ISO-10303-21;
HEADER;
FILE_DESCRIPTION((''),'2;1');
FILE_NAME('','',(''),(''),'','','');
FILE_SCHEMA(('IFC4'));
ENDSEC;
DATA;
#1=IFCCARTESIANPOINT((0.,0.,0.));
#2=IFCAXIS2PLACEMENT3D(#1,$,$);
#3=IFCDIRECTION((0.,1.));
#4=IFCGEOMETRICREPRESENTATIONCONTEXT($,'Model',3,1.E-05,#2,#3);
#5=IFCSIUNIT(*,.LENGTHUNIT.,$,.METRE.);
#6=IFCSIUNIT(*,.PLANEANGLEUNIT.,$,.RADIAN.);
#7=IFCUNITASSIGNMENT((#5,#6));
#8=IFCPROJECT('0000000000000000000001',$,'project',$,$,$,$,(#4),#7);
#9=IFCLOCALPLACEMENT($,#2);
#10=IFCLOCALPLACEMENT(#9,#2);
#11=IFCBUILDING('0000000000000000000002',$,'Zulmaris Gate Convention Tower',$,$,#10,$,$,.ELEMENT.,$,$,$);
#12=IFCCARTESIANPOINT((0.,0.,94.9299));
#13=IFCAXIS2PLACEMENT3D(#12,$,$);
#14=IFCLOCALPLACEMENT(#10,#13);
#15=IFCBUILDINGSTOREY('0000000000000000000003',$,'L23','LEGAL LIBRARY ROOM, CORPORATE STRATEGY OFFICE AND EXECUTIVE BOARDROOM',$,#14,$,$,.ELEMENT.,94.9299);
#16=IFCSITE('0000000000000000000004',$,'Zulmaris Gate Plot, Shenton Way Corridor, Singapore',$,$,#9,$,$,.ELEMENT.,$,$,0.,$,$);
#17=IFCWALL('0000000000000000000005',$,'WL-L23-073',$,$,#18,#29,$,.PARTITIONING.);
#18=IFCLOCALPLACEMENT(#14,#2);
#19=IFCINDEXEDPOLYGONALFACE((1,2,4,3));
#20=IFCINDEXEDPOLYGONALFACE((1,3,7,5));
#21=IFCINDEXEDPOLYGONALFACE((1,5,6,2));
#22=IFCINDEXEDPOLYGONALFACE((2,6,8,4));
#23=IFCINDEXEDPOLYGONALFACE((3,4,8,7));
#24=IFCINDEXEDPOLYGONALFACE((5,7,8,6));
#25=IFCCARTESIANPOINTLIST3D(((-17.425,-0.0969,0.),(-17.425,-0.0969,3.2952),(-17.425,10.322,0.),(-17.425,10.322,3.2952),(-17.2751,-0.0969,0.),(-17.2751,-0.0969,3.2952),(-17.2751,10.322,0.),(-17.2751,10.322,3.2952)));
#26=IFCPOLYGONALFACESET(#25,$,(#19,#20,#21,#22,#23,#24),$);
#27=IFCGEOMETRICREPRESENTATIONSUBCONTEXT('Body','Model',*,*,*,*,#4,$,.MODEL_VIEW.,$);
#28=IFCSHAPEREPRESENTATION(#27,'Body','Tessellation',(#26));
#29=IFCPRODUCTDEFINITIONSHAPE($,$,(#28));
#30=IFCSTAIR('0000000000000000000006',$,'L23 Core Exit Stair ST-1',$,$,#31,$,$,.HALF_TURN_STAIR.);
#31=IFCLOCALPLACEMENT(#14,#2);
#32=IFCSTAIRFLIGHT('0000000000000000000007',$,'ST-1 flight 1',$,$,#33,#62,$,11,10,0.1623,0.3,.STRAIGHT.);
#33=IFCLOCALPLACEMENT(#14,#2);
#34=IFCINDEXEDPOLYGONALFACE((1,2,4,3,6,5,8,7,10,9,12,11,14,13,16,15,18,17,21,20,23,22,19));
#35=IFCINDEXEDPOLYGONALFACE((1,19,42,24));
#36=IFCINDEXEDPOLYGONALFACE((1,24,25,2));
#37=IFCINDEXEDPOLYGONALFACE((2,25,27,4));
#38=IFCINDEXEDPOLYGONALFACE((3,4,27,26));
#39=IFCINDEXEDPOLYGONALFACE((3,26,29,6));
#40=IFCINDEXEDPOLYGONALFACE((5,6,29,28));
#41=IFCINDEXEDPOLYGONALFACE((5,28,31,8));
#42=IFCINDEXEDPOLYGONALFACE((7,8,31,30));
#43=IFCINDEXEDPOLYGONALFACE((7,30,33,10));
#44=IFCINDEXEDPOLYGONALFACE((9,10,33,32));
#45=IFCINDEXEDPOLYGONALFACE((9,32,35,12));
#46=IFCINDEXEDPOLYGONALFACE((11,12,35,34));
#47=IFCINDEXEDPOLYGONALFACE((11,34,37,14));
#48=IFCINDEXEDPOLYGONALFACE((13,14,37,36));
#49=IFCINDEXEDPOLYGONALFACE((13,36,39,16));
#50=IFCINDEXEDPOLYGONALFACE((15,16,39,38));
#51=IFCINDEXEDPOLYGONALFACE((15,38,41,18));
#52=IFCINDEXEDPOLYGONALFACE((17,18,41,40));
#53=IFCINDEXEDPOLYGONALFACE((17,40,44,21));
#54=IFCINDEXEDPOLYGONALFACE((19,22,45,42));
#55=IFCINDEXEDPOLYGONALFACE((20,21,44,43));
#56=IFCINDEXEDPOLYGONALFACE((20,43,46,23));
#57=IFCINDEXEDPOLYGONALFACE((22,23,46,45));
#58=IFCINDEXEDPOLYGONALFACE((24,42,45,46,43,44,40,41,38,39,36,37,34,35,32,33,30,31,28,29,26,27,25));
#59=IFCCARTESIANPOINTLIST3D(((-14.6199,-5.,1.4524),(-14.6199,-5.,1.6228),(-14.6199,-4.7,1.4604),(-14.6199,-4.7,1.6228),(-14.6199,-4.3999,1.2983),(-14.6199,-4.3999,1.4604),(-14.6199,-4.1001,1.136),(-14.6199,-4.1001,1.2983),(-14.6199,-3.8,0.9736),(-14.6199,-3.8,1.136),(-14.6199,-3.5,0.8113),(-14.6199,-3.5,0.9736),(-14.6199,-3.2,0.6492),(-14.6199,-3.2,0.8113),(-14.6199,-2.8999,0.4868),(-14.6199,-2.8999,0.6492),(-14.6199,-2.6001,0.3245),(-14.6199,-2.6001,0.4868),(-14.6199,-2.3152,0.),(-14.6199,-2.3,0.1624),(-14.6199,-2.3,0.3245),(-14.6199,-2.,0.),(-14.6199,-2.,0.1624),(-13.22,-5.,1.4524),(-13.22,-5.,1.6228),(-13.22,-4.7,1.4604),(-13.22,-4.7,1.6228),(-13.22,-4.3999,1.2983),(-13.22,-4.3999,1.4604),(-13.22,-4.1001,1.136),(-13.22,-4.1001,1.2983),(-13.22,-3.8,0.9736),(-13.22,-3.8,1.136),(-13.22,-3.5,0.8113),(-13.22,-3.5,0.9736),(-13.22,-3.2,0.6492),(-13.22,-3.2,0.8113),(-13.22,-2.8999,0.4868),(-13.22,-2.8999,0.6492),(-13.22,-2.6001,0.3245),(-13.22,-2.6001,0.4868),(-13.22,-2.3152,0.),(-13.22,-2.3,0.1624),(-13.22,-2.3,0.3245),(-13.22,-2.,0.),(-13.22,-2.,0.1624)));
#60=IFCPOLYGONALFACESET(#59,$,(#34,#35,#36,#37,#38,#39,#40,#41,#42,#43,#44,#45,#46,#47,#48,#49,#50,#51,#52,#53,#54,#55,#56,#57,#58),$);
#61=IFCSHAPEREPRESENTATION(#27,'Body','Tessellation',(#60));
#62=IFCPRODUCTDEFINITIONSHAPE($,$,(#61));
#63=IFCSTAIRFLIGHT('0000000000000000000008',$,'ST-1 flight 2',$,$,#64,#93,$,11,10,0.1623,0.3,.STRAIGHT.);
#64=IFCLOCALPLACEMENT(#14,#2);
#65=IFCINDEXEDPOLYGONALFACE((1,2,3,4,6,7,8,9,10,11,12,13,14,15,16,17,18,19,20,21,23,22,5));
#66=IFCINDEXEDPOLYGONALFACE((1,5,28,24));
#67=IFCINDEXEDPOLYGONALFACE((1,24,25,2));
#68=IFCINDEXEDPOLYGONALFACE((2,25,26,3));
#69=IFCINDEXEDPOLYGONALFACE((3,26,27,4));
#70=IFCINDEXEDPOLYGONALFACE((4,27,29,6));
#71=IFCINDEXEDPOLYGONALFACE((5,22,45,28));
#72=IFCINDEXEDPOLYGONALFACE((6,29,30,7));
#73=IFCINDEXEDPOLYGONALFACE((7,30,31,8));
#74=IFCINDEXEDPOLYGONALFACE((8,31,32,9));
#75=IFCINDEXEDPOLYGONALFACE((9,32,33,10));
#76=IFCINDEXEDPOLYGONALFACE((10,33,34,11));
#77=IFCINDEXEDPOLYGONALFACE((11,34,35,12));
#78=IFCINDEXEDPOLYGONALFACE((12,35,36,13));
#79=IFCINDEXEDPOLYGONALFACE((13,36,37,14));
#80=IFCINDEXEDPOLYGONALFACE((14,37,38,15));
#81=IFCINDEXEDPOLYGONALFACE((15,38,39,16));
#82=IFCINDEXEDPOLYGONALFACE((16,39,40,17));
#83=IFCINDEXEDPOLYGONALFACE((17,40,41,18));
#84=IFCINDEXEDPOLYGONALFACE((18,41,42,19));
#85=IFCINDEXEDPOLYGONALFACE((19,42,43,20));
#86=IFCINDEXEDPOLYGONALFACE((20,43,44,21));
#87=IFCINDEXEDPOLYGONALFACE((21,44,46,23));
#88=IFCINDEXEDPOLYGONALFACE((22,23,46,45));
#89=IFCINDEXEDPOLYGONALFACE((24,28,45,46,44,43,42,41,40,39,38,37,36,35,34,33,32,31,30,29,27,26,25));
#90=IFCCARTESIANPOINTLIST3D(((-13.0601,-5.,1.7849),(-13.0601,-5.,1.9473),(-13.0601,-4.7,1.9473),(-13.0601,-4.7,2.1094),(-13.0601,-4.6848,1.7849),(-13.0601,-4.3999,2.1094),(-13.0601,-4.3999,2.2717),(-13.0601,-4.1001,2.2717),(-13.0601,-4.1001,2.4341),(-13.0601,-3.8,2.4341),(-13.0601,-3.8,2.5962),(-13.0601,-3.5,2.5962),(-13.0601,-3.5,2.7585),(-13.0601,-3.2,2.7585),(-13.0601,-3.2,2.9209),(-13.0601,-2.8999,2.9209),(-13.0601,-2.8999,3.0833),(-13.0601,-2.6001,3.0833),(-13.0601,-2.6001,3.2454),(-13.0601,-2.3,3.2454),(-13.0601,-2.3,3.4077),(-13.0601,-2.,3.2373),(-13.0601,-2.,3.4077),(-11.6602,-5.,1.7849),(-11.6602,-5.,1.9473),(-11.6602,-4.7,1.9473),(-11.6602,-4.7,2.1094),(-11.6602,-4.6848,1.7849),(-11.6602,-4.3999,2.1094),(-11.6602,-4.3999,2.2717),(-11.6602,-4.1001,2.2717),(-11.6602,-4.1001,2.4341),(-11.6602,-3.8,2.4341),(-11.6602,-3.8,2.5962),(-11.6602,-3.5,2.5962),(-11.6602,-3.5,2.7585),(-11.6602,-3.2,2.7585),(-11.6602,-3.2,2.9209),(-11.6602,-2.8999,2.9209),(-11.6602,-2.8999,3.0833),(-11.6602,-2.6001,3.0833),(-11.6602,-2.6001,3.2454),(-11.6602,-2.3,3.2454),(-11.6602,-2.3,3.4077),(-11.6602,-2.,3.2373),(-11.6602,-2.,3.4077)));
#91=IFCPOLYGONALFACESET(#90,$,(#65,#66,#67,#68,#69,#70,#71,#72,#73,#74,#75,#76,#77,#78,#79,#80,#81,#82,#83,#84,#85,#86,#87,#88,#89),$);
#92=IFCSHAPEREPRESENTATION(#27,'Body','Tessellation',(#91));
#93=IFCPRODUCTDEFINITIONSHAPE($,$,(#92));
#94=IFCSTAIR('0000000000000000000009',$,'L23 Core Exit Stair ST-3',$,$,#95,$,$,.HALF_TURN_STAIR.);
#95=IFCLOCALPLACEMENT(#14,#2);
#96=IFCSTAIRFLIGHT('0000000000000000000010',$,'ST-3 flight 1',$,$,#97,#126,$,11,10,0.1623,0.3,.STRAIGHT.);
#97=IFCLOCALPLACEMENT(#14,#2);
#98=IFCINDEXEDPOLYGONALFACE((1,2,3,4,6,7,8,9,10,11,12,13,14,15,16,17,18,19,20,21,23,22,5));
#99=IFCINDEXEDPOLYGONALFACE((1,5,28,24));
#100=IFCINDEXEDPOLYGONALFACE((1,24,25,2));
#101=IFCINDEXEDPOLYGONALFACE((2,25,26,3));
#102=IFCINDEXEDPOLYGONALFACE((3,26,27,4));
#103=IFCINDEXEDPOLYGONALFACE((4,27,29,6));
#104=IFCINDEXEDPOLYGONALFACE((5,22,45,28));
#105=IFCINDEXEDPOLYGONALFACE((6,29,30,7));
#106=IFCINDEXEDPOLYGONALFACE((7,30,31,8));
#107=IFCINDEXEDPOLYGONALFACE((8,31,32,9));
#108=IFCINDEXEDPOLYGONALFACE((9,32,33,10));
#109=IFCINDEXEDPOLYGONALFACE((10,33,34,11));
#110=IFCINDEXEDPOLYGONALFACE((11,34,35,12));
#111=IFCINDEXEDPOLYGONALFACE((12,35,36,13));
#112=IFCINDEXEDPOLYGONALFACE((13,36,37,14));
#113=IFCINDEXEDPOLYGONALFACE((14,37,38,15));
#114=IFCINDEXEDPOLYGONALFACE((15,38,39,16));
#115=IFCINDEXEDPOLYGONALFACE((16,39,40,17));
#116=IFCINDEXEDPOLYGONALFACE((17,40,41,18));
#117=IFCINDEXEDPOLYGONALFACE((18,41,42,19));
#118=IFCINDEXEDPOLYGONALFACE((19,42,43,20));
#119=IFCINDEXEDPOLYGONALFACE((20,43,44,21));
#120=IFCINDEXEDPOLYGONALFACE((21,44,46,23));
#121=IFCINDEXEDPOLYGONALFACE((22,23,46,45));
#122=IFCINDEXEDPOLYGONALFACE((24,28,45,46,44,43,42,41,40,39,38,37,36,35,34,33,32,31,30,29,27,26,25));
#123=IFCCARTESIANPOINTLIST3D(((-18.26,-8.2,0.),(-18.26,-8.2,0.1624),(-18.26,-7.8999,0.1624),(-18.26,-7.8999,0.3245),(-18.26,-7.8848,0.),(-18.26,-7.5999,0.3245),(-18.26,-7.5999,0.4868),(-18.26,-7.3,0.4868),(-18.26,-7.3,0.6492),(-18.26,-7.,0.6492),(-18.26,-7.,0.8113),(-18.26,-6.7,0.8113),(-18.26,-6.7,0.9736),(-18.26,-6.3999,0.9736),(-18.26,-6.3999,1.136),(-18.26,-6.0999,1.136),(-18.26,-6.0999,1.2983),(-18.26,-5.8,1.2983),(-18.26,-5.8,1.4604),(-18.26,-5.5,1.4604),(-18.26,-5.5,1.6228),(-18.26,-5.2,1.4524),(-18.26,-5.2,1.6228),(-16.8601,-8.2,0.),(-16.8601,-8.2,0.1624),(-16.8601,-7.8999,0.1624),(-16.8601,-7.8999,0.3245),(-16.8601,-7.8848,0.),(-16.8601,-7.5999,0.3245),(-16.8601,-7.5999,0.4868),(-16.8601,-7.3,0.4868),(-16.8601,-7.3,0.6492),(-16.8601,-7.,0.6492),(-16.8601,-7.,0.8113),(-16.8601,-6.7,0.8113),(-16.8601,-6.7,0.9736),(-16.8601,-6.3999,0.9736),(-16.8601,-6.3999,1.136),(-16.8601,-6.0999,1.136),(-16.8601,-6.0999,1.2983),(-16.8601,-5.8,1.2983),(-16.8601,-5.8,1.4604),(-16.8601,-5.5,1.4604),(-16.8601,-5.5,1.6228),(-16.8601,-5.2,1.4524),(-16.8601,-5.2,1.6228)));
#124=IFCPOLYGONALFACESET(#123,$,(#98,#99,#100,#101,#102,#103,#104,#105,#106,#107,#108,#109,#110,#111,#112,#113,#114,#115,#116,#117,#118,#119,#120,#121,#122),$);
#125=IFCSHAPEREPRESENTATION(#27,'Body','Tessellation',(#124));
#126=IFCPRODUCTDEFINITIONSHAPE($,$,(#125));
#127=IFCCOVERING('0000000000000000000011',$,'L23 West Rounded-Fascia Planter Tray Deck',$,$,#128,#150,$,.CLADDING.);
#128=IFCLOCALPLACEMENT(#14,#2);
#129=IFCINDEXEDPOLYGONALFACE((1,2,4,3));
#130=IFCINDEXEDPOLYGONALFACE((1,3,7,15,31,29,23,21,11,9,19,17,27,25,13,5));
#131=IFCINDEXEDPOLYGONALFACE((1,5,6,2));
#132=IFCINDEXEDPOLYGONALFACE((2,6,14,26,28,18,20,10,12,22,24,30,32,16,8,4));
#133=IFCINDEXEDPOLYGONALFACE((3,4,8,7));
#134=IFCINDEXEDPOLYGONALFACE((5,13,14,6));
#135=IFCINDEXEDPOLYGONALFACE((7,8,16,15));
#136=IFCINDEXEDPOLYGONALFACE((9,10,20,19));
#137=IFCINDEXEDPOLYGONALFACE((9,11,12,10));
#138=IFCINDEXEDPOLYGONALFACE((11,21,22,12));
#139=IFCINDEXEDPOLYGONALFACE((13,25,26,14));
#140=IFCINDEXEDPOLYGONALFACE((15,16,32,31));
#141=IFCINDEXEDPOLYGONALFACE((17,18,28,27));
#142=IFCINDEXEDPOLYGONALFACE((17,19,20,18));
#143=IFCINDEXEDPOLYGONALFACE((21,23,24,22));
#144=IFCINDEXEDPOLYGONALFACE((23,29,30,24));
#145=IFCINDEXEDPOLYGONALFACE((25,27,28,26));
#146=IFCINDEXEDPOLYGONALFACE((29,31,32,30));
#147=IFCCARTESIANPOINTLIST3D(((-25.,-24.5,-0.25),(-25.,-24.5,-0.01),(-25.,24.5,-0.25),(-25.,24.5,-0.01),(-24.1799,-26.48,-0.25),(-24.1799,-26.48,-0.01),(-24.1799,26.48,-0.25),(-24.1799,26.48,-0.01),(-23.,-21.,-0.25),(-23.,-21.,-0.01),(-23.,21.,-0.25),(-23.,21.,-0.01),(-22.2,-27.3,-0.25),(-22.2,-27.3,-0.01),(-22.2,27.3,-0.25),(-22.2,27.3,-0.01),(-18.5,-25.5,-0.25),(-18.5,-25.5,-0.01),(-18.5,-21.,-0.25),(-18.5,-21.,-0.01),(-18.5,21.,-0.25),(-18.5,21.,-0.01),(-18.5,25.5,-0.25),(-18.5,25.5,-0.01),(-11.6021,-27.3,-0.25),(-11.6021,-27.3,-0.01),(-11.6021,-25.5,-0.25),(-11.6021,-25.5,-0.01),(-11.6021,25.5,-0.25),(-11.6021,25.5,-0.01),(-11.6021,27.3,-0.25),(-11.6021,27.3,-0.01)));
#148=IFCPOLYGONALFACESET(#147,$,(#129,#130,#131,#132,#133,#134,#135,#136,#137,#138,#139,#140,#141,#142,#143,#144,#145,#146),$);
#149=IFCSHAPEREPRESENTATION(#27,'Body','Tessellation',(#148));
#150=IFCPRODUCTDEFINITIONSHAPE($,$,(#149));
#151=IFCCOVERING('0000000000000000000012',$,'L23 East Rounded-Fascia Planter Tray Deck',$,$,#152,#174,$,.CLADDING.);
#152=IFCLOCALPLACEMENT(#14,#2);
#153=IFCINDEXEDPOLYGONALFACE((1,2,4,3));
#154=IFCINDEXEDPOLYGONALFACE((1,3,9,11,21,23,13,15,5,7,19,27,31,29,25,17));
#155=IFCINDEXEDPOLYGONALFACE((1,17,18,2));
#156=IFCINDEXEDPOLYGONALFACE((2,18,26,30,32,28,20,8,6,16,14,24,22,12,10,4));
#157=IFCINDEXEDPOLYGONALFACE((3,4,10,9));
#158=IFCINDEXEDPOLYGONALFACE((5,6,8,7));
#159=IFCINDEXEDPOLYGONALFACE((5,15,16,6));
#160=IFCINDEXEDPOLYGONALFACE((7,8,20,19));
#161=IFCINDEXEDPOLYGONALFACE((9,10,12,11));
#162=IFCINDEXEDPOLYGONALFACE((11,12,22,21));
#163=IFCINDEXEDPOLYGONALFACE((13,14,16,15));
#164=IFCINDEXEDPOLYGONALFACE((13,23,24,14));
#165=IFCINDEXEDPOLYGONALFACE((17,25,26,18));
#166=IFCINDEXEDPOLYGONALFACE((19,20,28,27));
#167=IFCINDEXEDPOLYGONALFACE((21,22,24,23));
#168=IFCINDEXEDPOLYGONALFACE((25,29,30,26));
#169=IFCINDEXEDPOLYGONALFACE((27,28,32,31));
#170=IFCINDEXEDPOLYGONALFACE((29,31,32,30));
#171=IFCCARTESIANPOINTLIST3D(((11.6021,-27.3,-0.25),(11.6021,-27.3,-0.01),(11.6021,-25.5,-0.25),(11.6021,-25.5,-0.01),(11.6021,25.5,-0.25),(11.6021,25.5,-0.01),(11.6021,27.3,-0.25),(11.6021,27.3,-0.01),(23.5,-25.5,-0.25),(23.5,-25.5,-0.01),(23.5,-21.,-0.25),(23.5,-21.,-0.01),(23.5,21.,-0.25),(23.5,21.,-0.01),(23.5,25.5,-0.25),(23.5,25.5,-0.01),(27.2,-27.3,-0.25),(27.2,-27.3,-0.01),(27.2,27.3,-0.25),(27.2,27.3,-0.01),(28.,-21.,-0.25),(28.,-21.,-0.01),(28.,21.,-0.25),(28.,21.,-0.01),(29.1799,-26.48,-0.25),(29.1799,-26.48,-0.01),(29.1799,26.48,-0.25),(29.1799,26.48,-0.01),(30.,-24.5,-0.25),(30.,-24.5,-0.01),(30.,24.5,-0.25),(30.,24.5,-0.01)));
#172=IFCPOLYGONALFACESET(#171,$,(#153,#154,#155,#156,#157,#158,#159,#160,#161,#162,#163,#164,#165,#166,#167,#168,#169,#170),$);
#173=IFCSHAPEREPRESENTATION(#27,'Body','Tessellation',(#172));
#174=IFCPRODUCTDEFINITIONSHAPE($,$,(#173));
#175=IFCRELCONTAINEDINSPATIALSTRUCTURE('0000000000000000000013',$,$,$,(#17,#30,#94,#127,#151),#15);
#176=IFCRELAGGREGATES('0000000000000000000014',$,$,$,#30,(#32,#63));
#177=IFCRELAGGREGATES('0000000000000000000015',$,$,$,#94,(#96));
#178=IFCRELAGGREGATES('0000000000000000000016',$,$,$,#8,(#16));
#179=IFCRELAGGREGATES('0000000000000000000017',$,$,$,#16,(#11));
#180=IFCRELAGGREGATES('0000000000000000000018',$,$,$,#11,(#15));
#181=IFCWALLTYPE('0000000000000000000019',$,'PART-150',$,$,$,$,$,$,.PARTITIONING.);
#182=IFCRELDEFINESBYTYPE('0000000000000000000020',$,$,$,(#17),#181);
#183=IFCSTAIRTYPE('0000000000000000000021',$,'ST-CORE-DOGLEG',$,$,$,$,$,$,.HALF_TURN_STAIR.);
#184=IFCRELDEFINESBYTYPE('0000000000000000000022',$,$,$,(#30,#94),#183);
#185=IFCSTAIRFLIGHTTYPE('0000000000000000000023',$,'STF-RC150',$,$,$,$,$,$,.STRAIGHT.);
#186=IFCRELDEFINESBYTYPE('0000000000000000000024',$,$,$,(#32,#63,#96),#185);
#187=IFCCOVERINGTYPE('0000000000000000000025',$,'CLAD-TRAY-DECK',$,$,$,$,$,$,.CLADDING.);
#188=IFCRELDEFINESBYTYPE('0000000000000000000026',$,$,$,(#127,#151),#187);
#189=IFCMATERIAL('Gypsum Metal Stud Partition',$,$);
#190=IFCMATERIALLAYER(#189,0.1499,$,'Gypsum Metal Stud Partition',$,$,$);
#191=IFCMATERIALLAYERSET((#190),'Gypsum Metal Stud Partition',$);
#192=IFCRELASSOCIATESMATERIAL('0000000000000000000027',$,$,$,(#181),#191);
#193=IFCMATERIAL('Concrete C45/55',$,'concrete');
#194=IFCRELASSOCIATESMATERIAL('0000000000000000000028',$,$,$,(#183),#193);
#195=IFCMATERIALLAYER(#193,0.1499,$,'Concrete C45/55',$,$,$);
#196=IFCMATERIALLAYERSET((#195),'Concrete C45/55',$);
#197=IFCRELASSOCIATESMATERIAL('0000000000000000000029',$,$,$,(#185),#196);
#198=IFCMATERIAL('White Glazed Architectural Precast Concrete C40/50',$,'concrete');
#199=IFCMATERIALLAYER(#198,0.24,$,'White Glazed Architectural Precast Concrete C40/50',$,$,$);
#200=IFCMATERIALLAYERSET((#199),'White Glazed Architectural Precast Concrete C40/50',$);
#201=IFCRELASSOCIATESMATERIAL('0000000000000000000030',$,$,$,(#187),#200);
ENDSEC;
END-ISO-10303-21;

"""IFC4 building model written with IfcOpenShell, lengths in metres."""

from ifc_helpers import new_model, si_unit, direction, frame, frame_2d, origin, place, context, subcontext, project, spatial, polyline, rectangle, outline, extrude, material, layer, layer_set, type_object, element, aggregate, save


model = new_model("IFC4")

# Units and contexts
model_context = context("Model", 3, precision=1e-05, world=origin(), true_north=direction((0.0, 1.0)))
body_context = subcontext(model_context, "Body", "Model", "MODEL_VIEW")
ifc_project = project(units=[si_unit("LENGTHUNIT", "METRE"), si_unit("PLANEANGLEUNIT", "RADIAN")], contexts=[model_context])

# Site, building, storey
site_placement = place(None, origin())
site = spatial("IfcSite", under=ifc_project, at=site_placement, Name="Zulmaris Gate Plot, Shenton Way Corridor, Singapore", CompositionType="ELEMENT", RefElevation=0.0)
building_placement = place(site_placement, origin())
building = spatial("IfcBuilding", under=site, at=building_placement, Name="Zulmaris Gate Convention Tower", CompositionType="ELEMENT")
storey_placement = place(building_placement, frame((0.0, 0.0, 94.9299)))
storey = spatial("IfcBuildingStorey", under=building, at=storey_placement, Name="L23", Description="LEGAL LIBRARY ROOM, CORPORATE STRATEGY OFFICE AND EXECUTIVE BOARDROOM", CompositionType="ELEMENT", Elevation=94.9299)

# Shared definitions
ifc_material_1 = material(Name="Gypsum Metal Stud Partition")
ifc_layer_1 = layer(ifc_material_1, 0.1499, Name="Gypsum Metal Stud Partition")
ifc_layer_set_1 = layer_set([ifc_layer_1], Name="Gypsum Metal Stud Partition")
wall_type_1 = type_object("IfcWallType", Name="PART-150", PredefinedType="PARTITIONING", material=ifc_layer_set_1)

# Wall
wall_1_placement = place(storey_placement, frame((-17.3501, -0.0969, 0.0), z_axis=(0.0, 0.0, 1.0), x_axis=(0.0, 1.0, 0.0)))
element("IfcWall", 1, at=wall_1_placement, inside=storey, type_object=wall_type_1, Name="WL-L23-073", PredefinedType="PARTITIONING", context=body_context, shape_type="SweptSolid", body=[
    extrude(rectangle(XDim=10.4189, YDim=0.1499, at=frame_2d((5.2095, 0.0))), origin(), (0.0, 0.0, 1.0), 3.2952),
])

# Stair, stair flights
ifc_material_2 = material(Name="Concrete C45/55", Category="concrete")
stair_type = type_object("IfcStairType", Name="ST-CORE-DOGLEG", PredefinedType="HALF_TURN_STAIR", material=ifc_material_2)
stair_1_placement = place(storey_placement, origin())
stair_1 = element("IfcStair", 2, at=stair_1_placement, inside=storey, type_object=stair_type, Name="L23 Core Exit Stair ST-1", PredefinedType="HALF_TURN_STAIR")
ifc_layer_2 = layer(ifc_material_2, 0.1499, Name="Concrete C45/55")
ifc_layer_set_2 = layer_set([ifc_layer_2], Name="Concrete C45/55")
stair_flight_type = type_object("IfcStairFlightType", Name="STF-RC150", PredefinedType="STRAIGHT", material=ifc_layer_set_2)
stair_flight_1_placement = place(storey_placement, frame((-13.9199, -2.0, 0.0), z_axis=(0.0, 0.0, 1.0), x_axis=(0.0, -1.0, 0.0)))
stair_flight_1 = element("IfcStairFlight", 3, at=stair_flight_1_placement, type_object=stair_flight_type, Name="ST-1 flight 1", NumberOfRisers=11, NumberOfTreads=10, PredefinedType="STRAIGHT", RiserHeight=0.1623, TreadLength=0.3, context=body_context, shape_type="SweptSolid", body=[
    extrude(outline(polyline([(0.0, 0.0), (0.0, 0.1624), (0.3, 0.1624), (0.3, 0.3245), (0.6001, 0.3245), (0.6001, 0.4868), (0.8999, 0.4868), (0.8999, 0.6492), (1.2, 0.6492), (1.2, 0.8113), (1.5, 0.8113), (1.5, 0.9736), (1.8, 0.9736), (1.8, 1.136), (2.1001, 1.136), (2.1001, 1.2983), (2.3999, 1.2983), (2.3999, 1.4604), (2.7, 1.4604), (2.7, 1.6228), (3.0, 1.6228), (3.0, 1.7852), (3.0, 1.4524), (0.3152, 0.0), (0.0, 0.0)])), frame((0.0, 0.7, 0.0), z_axis=(0.0, -1.0, 0.0), x_axis=(1.0, 0.0, 0.0)), (0.0, 0.0, 1.0), 1.3999),
])
stair_flight_2_placement = place(storey_placement, frame((-12.3601, -5.0, 1.7849), z_axis=(0.0, 0.0, 1.0), x_axis=(0.0, 1.0, 0.0)))
stair_flight_2 = element("IfcStairFlight", 4, at=stair_flight_2_placement, type_object=stair_flight_type, Name="ST-1 flight 2", NumberOfRisers=11, NumberOfTreads=10, PredefinedType="STRAIGHT", RiserHeight=0.1623, TreadLength=0.3, context=body_context, shape_type="SweptSolid", body=[
    extrude(outline(polyline([(0.0, 0.0), (0.0, 0.1624), (0.3, 0.1624), (0.3, 0.3245), (0.6001, 0.3245), (0.6001, 0.4868), (0.8999, 0.4868), (0.8999, 0.6492), (1.2, 0.6492), (1.2, 0.8113), (1.5, 0.8113), (1.5, 0.9736), (1.8, 0.9736), (1.8, 1.136), (2.1001, 1.136), (2.1001, 1.2983), (2.3999, 1.2983), (2.3999, 1.4604), (2.7, 1.4604), (2.7, 1.6228), (3.0, 1.6228), (3.0, 1.7852), (3.0, 1.4524), (0.3152, 0.0), (0.0, 0.0)])), frame((0.0, 0.7, 0.0), z_axis=(0.0, -1.0, 0.0), x_axis=(1.0, 0.0, 0.0)), (0.0, 0.0, 1.0), 1.3999),
])
aggregate(stair_1, [stair_flight_1, stair_flight_2])

# Stair, stair flight
stair_2_placement = place(storey_placement, origin())
stair_2 = element("IfcStair", 5, at=stair_2_placement, inside=storey, type_object=stair_type, Name="L23 Core Exit Stair ST-3", PredefinedType="HALF_TURN_STAIR")
stair_flight_3_placement = place(storey_placement, frame((-17.5601, -8.2, 0.0), z_axis=(0.0, 0.0, 1.0), x_axis=(0.0, 1.0, 0.0)))
stair_flight_3 = element("IfcStairFlight", 6, at=stair_flight_3_placement, type_object=stair_flight_type, Name="ST-3 flight 1", NumberOfRisers=11, NumberOfTreads=10, PredefinedType="STRAIGHT", RiserHeight=0.1623, TreadLength=0.3, context=body_context, shape_type="SweptSolid", body=[
    extrude(outline(polyline([(0.0, 0.0), (0.0, 0.1624), (0.3, 0.1624), (0.3, 0.3245), (0.6001, 0.3245), (0.6001, 0.4868), (0.8999, 0.4868), (0.8999, 0.6492), (1.2, 0.6492), (1.2, 0.8113), (1.5, 0.8113), (1.5, 0.9736), (1.8, 0.9736), (1.8, 1.136), (2.1001, 1.136), (2.1001, 1.2983), (2.3999, 1.2983), (2.3999, 1.4604), (2.7, 1.4604), (2.7, 1.6228), (3.0, 1.6228), (3.0, 1.7852), (3.0, 1.4524), (0.3152, 0.0), (0.0, 0.0)])), frame((0.0, 0.7, 0.0), z_axis=(0.0, -1.0, 0.0), x_axis=(1.0, 0.0, 0.0)), (0.0, 0.0, 1.0), 1.3999),
])
aggregate(stair_2, [stair_flight_3])

# Coverings
ifc_material_3 = material(Name="White Glazed Architectural Precast Concrete C40/50", Category="concrete")
ifc_layer_3 = layer(ifc_material_3, 0.24, Name="White Glazed Architectural Precast Concrete C40/50")
ifc_layer_set_3 = layer_set([ifc_layer_3], Name="White Glazed Architectural Precast Concrete C40/50")
covering_type = type_object("IfcCoveringType", Name="CLAD-TRAY-DECK", PredefinedType="CLADDING", material=ifc_layer_set_3)
covering_1_placement = place(storey_placement, frame((0.0, 0.0, -0.25)))
element("IfcCovering", 7, at=covering_1_placement, inside=storey, type_object=covering_type, Name="L23 West Rounded-Fascia Planter Tray Deck", PredefinedType="CLADDING", context=body_context, shape_type="SweptSolid", body=[
    extrude(outline(polyline([(-25.0, 24.5), (-24.1799, 26.48), (-22.2, 27.3), (-11.6021, 27.3), (-11.6021, 25.5), (-18.5, 25.5), (-18.5, 21.0), (-23.0, 21.0), (-23.0, -21.0), (-18.5, -21.0), (-18.5, -25.5), (-11.6021, -25.5), (-11.6021, -27.3), (-22.2, -27.3), (-24.1799, -26.48), (-25.0, -24.5), (-25.0, 24.5)])), origin(), (0.0, 0.0, 1.0), 0.24),
])
covering_2_placement = place(storey_placement, frame((0.0, 0.0, -0.25)))
element("IfcCovering", 8, at=covering_2_placement, inside=storey, type_object=covering_type, Name="L23 East Rounded-Fascia Planter Tray Deck", PredefinedType="CLADDING", context=body_context, shape_type="SweptSolid", body=[
    extrude(outline(polyline([(27.2, 27.3), (29.1799, 26.48), (30.0, 24.5), (30.0, -24.5), (29.1799, -26.48), (27.2, -27.3), (11.6021, -27.3), (11.6021, -25.5), (23.5, -25.5), (23.5, -21.0), (28.0, -21.0), (28.0, 21.0), (23.5, 21.0), (23.5, 25.5), (11.6021, 25.5), (11.6021, 27.3), (27.2, 27.3)])), origin(), (0.0, 0.0, 1.0), 0.24),
])

save(model, "model.ifc")
